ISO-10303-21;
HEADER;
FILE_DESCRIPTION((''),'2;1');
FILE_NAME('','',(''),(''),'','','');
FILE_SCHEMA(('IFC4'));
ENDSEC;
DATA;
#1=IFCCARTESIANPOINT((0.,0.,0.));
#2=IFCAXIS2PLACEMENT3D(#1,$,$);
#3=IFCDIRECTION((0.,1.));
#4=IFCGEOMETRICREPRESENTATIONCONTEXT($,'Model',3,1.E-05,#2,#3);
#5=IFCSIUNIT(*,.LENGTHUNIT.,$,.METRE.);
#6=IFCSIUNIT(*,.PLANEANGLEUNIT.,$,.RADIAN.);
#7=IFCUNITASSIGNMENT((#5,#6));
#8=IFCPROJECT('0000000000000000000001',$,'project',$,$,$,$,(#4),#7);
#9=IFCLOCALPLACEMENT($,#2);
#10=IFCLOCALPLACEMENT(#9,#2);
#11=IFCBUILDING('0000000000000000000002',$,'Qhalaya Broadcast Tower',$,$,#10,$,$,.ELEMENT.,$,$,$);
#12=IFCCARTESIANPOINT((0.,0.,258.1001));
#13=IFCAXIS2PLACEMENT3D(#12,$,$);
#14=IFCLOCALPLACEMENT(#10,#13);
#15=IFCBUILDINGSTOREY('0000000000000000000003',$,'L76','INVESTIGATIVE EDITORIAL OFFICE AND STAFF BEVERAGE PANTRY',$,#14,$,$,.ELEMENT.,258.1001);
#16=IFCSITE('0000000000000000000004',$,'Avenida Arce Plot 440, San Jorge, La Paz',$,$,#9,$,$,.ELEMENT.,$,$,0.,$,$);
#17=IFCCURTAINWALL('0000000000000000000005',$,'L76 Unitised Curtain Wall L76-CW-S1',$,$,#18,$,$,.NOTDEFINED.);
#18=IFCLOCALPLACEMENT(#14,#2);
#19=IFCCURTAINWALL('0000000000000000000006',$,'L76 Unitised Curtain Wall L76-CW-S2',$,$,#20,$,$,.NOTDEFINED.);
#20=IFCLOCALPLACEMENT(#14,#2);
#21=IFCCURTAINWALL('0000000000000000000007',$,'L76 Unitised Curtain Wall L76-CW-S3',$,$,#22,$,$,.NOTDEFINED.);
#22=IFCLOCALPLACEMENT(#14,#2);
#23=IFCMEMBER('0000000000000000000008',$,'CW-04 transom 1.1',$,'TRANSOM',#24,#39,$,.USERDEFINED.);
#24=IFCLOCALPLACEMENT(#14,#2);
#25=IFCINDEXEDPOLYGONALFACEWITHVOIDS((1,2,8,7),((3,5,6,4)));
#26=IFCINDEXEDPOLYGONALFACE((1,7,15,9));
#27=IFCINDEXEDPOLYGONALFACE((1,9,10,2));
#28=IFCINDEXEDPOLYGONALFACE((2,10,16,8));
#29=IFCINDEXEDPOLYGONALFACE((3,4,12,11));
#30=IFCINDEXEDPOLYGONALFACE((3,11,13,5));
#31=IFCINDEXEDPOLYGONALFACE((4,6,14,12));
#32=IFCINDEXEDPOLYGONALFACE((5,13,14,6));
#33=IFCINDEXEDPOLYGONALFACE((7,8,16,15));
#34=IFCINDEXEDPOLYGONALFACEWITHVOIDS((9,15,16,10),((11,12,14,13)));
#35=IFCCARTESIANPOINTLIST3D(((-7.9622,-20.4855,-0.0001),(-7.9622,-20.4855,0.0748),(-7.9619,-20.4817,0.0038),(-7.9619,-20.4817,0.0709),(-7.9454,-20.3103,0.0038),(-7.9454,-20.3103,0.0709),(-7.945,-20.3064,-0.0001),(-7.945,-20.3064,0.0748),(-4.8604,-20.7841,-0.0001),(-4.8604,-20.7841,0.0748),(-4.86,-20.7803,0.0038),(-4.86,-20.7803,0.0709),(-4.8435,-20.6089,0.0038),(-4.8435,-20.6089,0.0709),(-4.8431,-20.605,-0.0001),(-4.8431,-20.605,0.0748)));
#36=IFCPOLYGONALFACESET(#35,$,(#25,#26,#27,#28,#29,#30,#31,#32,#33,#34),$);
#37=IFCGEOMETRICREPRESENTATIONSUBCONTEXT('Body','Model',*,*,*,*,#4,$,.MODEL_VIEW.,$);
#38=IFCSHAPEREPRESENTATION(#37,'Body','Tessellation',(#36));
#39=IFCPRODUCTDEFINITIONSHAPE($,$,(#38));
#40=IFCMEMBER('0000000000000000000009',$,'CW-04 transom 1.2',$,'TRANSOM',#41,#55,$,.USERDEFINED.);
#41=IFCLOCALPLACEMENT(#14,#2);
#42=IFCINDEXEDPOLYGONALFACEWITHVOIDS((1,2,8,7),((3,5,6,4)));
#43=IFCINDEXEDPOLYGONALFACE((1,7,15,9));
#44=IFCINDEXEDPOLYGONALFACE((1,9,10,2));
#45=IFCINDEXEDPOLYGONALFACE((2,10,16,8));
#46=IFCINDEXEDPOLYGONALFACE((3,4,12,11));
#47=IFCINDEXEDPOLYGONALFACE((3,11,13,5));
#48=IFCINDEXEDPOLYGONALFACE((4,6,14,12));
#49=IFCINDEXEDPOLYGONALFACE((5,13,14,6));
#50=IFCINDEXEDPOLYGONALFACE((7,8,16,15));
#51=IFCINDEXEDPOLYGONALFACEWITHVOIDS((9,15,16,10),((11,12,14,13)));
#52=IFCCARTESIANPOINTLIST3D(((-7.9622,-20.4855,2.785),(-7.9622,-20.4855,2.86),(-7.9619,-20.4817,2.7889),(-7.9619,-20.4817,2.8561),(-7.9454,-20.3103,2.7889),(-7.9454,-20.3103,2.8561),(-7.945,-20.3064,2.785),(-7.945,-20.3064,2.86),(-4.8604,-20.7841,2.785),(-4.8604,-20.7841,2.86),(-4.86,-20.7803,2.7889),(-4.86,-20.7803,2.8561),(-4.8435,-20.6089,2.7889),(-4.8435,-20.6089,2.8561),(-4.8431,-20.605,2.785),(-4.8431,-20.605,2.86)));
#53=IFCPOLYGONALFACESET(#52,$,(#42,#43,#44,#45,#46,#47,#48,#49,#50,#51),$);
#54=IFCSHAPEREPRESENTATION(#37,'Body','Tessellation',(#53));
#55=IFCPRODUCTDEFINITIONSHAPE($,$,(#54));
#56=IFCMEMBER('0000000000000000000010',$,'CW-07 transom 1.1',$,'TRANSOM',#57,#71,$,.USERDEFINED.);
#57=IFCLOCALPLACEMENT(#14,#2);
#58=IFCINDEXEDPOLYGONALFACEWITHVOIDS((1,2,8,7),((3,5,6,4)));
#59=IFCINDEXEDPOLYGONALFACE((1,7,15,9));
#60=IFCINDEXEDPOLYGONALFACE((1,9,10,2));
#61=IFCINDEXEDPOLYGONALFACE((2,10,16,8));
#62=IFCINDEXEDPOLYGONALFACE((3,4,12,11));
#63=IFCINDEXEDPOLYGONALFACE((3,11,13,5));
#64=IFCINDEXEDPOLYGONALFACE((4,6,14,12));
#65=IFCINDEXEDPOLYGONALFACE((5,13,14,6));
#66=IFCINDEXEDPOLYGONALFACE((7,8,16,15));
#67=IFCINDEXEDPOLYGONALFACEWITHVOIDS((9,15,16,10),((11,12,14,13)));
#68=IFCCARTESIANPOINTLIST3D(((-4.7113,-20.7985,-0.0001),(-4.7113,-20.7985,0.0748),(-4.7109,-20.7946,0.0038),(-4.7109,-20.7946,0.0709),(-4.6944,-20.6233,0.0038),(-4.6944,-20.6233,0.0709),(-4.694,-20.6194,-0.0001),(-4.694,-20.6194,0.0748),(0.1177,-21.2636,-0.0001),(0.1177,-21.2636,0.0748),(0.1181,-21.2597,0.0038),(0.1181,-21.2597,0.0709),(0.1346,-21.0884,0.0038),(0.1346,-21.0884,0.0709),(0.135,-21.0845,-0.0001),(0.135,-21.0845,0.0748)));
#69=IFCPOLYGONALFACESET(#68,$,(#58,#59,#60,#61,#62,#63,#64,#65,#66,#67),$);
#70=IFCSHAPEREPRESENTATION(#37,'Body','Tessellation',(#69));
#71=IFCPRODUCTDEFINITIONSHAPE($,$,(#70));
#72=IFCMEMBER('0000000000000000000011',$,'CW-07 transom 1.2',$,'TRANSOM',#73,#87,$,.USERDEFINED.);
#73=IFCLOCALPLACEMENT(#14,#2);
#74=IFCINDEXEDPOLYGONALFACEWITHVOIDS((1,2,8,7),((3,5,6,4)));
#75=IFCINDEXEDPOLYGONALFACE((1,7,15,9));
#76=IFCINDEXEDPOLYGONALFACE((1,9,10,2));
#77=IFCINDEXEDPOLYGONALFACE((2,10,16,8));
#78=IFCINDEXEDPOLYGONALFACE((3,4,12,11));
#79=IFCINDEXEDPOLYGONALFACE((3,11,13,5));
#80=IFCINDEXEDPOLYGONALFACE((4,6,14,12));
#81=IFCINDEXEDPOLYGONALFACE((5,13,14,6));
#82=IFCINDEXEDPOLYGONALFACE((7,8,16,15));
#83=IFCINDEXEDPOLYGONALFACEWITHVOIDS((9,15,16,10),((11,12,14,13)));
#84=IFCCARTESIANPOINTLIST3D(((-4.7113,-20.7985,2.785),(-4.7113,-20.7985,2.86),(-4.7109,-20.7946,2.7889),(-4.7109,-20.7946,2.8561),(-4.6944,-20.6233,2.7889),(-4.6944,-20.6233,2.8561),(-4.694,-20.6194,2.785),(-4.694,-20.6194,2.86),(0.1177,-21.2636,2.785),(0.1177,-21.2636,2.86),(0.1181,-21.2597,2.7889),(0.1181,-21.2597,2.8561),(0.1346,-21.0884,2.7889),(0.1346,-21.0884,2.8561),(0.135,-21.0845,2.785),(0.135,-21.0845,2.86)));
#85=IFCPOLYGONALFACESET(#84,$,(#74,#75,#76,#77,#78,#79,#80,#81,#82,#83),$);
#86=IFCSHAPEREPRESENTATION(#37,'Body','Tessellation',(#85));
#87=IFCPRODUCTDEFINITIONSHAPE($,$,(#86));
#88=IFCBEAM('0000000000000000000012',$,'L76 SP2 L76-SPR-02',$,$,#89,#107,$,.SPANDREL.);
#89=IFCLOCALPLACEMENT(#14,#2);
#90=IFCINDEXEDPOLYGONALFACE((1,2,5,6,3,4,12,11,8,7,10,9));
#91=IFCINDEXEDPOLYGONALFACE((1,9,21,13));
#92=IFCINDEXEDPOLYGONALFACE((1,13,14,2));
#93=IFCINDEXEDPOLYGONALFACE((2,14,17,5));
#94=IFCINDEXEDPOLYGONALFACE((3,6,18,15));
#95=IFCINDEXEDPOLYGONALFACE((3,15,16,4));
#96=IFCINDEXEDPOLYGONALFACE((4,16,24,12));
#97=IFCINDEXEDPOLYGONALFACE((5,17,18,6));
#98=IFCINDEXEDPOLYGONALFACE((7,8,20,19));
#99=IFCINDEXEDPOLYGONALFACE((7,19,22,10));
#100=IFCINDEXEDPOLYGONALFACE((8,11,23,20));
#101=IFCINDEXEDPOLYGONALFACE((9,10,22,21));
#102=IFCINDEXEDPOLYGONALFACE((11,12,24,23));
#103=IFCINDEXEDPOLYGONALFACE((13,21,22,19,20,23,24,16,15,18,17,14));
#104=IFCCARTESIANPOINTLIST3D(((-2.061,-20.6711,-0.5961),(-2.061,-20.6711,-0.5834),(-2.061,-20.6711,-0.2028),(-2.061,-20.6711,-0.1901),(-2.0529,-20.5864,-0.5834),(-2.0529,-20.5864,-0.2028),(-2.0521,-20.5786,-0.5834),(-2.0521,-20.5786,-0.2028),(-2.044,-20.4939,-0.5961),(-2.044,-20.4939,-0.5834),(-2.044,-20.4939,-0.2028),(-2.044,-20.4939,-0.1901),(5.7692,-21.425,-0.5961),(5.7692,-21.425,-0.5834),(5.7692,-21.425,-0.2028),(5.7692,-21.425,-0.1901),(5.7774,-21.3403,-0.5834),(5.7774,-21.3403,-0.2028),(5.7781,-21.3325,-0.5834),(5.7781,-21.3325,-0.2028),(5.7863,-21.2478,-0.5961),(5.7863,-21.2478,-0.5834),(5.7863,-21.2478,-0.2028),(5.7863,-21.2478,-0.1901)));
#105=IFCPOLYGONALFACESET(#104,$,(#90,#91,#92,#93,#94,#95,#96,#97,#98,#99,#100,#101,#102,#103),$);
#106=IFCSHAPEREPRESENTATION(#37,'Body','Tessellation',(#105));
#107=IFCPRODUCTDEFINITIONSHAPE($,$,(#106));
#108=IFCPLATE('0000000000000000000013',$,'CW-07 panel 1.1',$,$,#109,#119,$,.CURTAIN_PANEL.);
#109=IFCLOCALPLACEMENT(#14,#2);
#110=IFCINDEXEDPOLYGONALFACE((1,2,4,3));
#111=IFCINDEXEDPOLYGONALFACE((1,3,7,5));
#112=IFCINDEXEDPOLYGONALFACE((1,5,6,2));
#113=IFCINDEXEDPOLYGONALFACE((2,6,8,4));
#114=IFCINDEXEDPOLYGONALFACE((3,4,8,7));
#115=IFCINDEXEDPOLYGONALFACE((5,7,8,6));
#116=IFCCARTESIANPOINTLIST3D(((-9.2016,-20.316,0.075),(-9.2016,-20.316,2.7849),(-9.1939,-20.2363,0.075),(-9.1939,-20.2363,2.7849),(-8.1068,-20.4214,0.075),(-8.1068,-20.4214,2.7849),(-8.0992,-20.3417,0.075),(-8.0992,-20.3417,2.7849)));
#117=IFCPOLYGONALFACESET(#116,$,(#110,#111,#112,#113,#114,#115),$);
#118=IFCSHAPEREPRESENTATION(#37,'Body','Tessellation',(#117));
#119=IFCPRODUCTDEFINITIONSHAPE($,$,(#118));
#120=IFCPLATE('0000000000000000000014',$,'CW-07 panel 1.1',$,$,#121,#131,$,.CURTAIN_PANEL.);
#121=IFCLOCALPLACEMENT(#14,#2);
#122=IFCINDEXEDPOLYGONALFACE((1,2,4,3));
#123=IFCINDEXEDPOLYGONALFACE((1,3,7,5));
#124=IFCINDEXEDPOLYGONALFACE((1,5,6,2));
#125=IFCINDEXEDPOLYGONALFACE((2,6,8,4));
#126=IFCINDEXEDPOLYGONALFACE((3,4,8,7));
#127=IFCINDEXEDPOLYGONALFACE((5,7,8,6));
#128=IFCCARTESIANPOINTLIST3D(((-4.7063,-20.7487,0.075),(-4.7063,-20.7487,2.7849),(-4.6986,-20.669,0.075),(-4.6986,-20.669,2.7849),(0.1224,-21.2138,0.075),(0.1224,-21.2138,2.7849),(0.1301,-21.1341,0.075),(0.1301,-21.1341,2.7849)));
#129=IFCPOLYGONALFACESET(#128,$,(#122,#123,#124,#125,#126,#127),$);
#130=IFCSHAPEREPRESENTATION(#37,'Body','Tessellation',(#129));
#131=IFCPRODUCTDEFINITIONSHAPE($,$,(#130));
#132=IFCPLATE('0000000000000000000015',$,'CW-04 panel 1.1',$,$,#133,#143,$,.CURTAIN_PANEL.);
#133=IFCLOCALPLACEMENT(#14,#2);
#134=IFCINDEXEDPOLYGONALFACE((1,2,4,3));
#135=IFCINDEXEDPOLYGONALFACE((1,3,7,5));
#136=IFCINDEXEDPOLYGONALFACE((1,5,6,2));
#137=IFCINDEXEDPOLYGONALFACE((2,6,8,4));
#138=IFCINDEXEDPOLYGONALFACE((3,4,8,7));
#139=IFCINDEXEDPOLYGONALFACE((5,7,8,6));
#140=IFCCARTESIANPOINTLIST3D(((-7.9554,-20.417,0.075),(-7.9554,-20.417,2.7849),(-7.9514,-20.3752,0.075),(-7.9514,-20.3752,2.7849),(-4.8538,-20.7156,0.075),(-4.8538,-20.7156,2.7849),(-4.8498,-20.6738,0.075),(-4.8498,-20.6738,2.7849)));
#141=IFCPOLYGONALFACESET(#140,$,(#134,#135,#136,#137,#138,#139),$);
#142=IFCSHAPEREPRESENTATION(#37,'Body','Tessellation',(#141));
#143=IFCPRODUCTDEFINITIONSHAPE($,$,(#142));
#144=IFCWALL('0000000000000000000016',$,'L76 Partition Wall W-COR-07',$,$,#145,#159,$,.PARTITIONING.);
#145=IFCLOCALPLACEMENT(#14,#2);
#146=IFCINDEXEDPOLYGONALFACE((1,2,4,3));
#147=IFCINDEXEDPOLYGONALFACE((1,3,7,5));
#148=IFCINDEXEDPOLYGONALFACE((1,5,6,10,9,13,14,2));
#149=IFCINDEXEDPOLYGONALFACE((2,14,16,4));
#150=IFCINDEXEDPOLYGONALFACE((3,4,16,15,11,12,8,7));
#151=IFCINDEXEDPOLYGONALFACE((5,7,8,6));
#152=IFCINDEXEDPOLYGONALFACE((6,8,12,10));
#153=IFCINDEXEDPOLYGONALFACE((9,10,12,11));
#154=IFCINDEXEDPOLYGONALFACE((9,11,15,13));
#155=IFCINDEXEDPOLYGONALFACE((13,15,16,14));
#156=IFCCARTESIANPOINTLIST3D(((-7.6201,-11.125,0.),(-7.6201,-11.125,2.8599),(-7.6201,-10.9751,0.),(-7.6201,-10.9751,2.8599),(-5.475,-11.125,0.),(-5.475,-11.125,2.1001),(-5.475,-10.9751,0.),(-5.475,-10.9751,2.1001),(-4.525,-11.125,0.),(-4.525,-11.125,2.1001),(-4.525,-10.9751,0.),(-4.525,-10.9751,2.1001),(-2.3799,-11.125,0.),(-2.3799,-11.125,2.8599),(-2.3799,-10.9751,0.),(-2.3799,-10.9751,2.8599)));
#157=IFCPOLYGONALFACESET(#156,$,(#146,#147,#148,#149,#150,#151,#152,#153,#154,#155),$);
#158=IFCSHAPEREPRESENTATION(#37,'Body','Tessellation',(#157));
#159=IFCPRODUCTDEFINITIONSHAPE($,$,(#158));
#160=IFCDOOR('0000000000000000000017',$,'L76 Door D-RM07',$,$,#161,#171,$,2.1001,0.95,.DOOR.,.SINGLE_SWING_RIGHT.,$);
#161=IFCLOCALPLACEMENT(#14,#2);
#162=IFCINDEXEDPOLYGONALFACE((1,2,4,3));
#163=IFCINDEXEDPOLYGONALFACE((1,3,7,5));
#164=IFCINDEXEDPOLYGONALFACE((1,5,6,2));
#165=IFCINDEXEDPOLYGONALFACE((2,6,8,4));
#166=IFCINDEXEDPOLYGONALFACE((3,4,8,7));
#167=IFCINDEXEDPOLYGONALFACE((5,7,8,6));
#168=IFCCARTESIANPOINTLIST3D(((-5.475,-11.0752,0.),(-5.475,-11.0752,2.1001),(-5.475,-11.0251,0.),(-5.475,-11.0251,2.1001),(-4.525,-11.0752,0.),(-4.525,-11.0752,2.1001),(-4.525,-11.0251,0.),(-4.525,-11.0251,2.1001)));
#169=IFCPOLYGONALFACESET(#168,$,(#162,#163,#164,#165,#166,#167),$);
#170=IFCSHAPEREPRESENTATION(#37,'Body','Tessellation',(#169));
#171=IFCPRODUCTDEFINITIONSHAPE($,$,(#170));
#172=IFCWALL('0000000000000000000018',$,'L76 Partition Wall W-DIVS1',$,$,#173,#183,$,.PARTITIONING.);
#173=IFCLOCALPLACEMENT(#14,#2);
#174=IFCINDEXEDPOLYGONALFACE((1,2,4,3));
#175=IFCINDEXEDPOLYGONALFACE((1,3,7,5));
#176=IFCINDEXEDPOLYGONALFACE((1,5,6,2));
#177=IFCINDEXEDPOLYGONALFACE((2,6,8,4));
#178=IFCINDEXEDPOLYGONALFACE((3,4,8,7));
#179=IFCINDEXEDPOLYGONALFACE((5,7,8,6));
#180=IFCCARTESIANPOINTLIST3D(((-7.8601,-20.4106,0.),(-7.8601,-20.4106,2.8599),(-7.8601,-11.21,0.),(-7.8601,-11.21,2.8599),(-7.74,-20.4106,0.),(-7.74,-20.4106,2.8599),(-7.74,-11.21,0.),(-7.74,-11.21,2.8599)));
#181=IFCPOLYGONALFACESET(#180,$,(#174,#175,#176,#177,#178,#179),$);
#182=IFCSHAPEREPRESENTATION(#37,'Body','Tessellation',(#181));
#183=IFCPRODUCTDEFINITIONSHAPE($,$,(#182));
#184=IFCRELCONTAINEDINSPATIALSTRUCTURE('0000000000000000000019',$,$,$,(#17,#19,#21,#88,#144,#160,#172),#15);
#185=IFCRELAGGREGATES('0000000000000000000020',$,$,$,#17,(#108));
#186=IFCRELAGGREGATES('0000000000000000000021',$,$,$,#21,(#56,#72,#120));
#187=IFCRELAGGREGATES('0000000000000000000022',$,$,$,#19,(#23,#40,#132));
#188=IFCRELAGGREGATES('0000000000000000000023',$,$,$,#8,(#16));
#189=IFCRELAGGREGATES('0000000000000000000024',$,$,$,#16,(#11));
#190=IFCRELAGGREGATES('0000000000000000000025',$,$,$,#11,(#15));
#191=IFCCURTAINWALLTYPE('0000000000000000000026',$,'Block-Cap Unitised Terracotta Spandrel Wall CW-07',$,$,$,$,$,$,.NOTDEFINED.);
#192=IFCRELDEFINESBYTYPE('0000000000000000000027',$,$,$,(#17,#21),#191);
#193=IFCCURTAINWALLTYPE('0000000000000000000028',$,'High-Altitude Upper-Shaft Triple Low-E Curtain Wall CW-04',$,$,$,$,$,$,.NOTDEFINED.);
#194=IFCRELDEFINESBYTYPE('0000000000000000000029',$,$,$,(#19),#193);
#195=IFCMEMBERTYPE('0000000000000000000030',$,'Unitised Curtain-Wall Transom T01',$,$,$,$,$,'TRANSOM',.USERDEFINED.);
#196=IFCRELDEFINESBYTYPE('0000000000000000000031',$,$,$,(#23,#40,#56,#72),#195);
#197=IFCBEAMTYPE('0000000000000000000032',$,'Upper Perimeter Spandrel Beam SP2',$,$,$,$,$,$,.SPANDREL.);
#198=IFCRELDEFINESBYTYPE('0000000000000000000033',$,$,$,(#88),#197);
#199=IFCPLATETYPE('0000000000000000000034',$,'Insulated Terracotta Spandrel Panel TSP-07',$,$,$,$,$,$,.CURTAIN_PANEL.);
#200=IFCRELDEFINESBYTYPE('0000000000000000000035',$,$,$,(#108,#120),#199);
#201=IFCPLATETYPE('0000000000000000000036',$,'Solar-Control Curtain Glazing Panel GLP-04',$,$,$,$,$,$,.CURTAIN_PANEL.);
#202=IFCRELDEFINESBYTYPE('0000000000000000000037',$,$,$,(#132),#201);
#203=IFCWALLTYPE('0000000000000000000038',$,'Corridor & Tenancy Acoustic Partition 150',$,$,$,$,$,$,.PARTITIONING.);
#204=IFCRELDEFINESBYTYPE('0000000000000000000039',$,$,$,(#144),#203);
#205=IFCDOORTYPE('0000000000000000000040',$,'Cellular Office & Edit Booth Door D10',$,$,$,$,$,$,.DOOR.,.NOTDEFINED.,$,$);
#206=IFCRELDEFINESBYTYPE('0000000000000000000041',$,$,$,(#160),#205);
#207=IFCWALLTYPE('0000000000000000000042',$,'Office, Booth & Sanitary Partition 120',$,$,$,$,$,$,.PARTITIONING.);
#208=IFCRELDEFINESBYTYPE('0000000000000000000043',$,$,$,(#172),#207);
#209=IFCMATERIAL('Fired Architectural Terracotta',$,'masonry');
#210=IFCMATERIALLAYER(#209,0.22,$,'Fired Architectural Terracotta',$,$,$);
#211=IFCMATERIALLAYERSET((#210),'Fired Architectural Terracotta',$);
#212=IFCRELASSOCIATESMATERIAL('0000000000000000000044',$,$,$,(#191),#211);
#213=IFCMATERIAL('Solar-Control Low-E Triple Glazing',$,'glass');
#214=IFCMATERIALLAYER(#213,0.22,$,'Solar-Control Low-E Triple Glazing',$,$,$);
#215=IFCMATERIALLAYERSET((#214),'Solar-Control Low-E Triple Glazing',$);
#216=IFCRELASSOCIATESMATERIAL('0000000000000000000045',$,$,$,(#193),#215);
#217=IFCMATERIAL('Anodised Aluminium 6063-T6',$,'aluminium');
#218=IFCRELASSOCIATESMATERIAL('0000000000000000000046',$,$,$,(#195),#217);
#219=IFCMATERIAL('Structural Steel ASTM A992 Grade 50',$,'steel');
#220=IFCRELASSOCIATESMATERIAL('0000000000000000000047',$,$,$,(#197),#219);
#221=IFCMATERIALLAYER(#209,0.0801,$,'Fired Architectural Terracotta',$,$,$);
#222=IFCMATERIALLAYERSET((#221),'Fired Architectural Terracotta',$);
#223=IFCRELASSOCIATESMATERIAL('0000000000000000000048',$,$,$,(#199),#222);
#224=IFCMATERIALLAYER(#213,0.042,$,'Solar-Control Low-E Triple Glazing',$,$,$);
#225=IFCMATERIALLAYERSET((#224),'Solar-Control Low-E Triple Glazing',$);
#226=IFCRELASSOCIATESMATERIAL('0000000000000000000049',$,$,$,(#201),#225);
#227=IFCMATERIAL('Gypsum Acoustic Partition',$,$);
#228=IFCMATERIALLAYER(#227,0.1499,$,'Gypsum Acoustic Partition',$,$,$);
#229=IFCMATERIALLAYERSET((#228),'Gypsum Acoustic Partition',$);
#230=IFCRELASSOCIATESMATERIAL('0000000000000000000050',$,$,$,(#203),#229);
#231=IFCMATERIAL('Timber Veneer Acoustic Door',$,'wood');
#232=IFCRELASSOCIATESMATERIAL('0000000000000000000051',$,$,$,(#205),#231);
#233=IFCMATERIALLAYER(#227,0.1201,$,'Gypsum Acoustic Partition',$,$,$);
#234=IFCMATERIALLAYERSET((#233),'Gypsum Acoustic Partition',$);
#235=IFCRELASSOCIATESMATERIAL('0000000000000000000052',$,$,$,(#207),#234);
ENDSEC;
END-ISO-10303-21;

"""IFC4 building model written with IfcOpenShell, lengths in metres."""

from ifc_helpers import new_model, si_unit, direction, frame, frame_2d, origin, origin_2d, place, context, subcontext, project, spatial, rectangle, hollow_rectangle, i_section, extrude, material, layer, layer_set, material_profile, profile_set, type_object, element, fill, aggregate, save


model = new_model("IFC4")

# Units and contexts
model_context = context("Model", 3, precision=1e-05, world=origin(), true_north=direction((0.0, 1.0)))
body_context = subcontext(model_context, "Body", "Model", "MODEL_VIEW")
ifc_project = project(units=[si_unit("LENGTHUNIT", "METRE"), si_unit("PLANEANGLEUNIT", "RADIAN")], contexts=[model_context])

# Site, building, storey
site_placement = place(None, origin())
site = spatial("IfcSite", under=ifc_project, at=site_placement, Name="Avenida Arce Plot 440, San Jorge, La Paz", CompositionType="ELEMENT", RefElevation=0.0)
building_placement = place(site_placement, origin())
building = spatial("IfcBuilding", under=site, at=building_placement, Name="Qhalaya Broadcast Tower", CompositionType="ELEMENT")
storey_placement = place(building_placement, frame((0.0, 0.0, 258.1001)))
storey = spatial("IfcBuildingStorey", under=building, at=storey_placement, Name="L76", Description="INVESTIGATIVE EDITORIAL OFFICE AND STAFF BEVERAGE PANTRY", CompositionType="ELEMENT", Elevation=258.1001)

# Shared definitions
ifc_material_1 = material(Name="Structural Steel ASTM A992 Grade 50", Category="steel")

# Curtain wall
ifc_material_2 = material(Name="Fired Architectural Terracotta", Category="masonry")
ifc_layer_1 = layer(ifc_material_2, 0.22, Name="Fired Architectural Terracotta")
ifc_layer_set_1 = layer_set([ifc_layer_1], Name="Fired Architectural Terracotta")
curtain_wall_type_1 = type_object("IfcCurtainWallType", Name="Block-Cap Unitised Terracotta Spandrel Wall CW-07", PredefinedType="NOTDEFINED", material=ifc_layer_set_1)
curtain_wall_1_placement = place(storey_placement, origin())
curtain_wall_1 = element("IfcCurtainWall", 1, at=curtain_wall_1_placement, inside=storey, type_object=curtain_wall_type_1, Name="L76 Unitised Curtain Wall L76-CW-S1", PredefinedType="NOTDEFINED")
ifc_material_3 = material(Name="Anodised Aluminium 6063-T6", Category="aluminium")

# Curtain walls
ifc_material_4 = material(Name="Solar-Control Low-E Triple Glazing", Category="glass")
ifc_layer_2 = layer(ifc_material_4, 0.22, Name="Solar-Control Low-E Triple Glazing")
ifc_layer_set_2 = layer_set([ifc_layer_2], Name="Solar-Control Low-E Triple Glazing")
curtain_wall_type_2 = type_object("IfcCurtainWallType", Name="High-Altitude Upper-Shaft Triple Low-E Curtain Wall CW-04", PredefinedType="NOTDEFINED", material=ifc_layer_set_2)
curtain_wall_2_placement = place(storey_placement, origin())
curtain_wall_2 = element("IfcCurtainWall", 2, at=curtain_wall_2_placement, inside=storey, type_object=curtain_wall_type_2, Name="L76 Unitised Curtain Wall L76-CW-S2", PredefinedType="NOTDEFINED")
curtain_wall_3_placement = place(storey_placement, origin())
curtain_wall_3 = element("IfcCurtainWall", 3, at=curtain_wall_3_placement, inside=storey, type_object=curtain_wall_type_1, Name="L76 Unitised Curtain Wall L76-CW-S3", PredefinedType="NOTDEFINED")

# Members
ifc_material_profile_1 = material_profile(ifc_material_3, hollow_rectangle(XDim=0.075, YDim=0.1799, WallThickness=0.0039, at=origin_2d()), Name="ALU-TRN 75x180x4")
ifc_profile_set_1 = profile_set([ifc_material_profile_1], Name="Anodised Aluminium 6063-T6")
member_type_1 = type_object("IfcMemberType", Name="Unitised Curtain-Wall Transom T01", ElementType="TRANSOM", PredefinedType="USERDEFINED", material=ifc_profile_set_1)
member_1_placement = place(storey_placement, frame((-7.9536, -20.396, 0.0374), z_axis=(0.995399, -0.095818, 0.0), x_axis=(0.0, 0.0, 1.0)))
member_1 = element("IfcMember", 4, at=member_1_placement, type_object=member_type_1, Name="CW-04 transom 1.1", ObjectType="TRANSOM", PredefinedType="USERDEFINED", context=body_context, shape_type="SweptSolid", body=[
    extrude(hollow_rectangle(XDim=0.075, YDim=0.1799, WallThickness=0.0039, at=origin_2d()), origin(), (0.0, 0.0, 1.0), 3.1162),
])
member_2_placement = place(storey_placement, frame((-7.9536, -20.396, 2.8225), z_axis=(0.995399, -0.095818, 0.0), x_axis=(0.0, 0.0, 1.0)))
member_2 = element("IfcMember", 5, at=member_2_placement, type_object=member_type_1, Name="CW-04 transom 1.2", ObjectType="TRANSOM", PredefinedType="USERDEFINED", context=body_context, shape_type="SweptSolid", body=[
    extrude(hollow_rectangle(XDim=0.075, YDim=0.1799, WallThickness=0.0039, at=origin_2d()), origin(), (0.0, 0.0, 1.0), 3.1162),
])
member_3_placement = place(storey_placement, frame((-4.7026, -20.709, 0.0374), z_axis=(0.995394, -0.095871, 0.0), x_axis=(0.0, 0.0, 1.0)))
member_3 = element("IfcMember", 6, at=member_3_placement, type_object=member_type_1, Name="CW-07 transom 1.1", ObjectType="TRANSOM", PredefinedType="USERDEFINED", context=body_context, shape_type="SweptSolid", body=[
    extrude(hollow_rectangle(XDim=0.075, YDim=0.1799, WallThickness=0.0039, at=origin_2d()), origin(), (0.0, 0.0, 1.0), 4.8513),
])
member_4_placement = place(storey_placement, frame((-4.7026, -20.709, 2.8225), z_axis=(0.995394, -0.095871, 0.0), x_axis=(0.0, 0.0, 1.0)))
member_4 = element("IfcMember", 7, at=member_4_placement, type_object=member_type_1, Name="CW-07 transom 1.2", ObjectType="TRANSOM", PredefinedType="USERDEFINED", context=body_context, shape_type="SweptSolid", body=[
    extrude(hollow_rectangle(XDim=0.075, YDim=0.1799, WallThickness=0.0039, at=origin_2d()), origin(), (0.0, 0.0, 1.0), 4.8513),
])

# Beam
ifc_material_profile_2 = material_profile(ifc_material_1, i_section(OverallWidth=0.178, OverallDepth=0.406, WebThickness=0.0078, FlangeThickness=0.0127, at=origin_2d()), Name="W16X40")
ifc_profile_set_2 = profile_set([ifc_material_profile_2], Name="Structural Steel ASTM A992 Grade 50")
beam_type_1 = type_object("IfcBeamType", Name="Upper Perimeter Spandrel Beam SP2", PredefinedType="SPANDREL", material=ifc_profile_set_2)
beam_1_placement = place(storey_placement, frame((-2.0525, -20.5825, -0.3931), z_axis=(0.995397, -0.095837, 0.0), x_axis=(0.095837, 0.995397, 0.0)))
element("IfcBeam", 8, at=beam_1_placement, inside=storey, type_object=beam_type_1, Name="L76 SP2 L76-SPR-02", PredefinedType="SPANDREL", context=body_context, shape_type="SweptSolid", body=[
    extrude(i_section(OverallWidth=0.178, OverallDepth=0.406, WebThickness=0.0078, FlangeThickness=0.0127, at=origin_2d()), origin(), (0.0, 0.0, 1.0), 7.8665),
])

# Plates
ifc_layer_3 = layer(ifc_material_2, 0.0801, Name="Fired Architectural Terracotta")
ifc_layer_set_3 = layer_set([ifc_layer_3], Name="Fired Architectural Terracotta")
plate_type_1 = type_object("IfcPlateType", Name="Insulated Terracotta Spandrel Panel TSP-07", PredefinedType="CURTAIN_PANEL", material=ifc_layer_set_3)
plate_1_placement = place(storey_placement, frame((-8.6504, -20.3289, 0.075), z_axis=(0.0, 0.0, 1.0), x_axis=(0.995396, -0.095844, 0.0)))
plate_1 = element("IfcPlate", 9, at=plate_1_placement, type_object=plate_type_1, Name="CW-07 panel 1.1", PredefinedType="CURTAIN_PANEL", context=body_context, shape_type="SweptSolid", body=[
    extrude(rectangle(XDim=1.0999, YDim=0.0801, at=origin_2d()), origin(), (0.0, 0.0, 1.0), 2.71),
])
aggregate(curtain_wall_1, [plate_1])
plate_2_placement = place(storey_placement, frame((-2.2881, -20.9414, 0.075), z_axis=(0.0, 0.0, 1.0), x_axis=(0.995395, -0.09586, 0.0)))
plate_2 = element("IfcPlate", 10, at=plate_2_placement, type_object=plate_type_1, Name="CW-07 panel 1.1", PredefinedType="CURTAIN_PANEL", context=body_context, shape_type="SweptSolid", body=[
    extrude(rectangle(XDim=4.8511, YDim=0.0801, at=origin_2d()), origin(), (0.0, 0.0, 1.0), 2.71),
])
aggregate(curtain_wall_3, [member_3, member_4, plate_2])
ifc_layer_4 = layer(ifc_material_4, 0.042, Name="Solar-Control Low-E Triple Glazing")
ifc_layer_set_4 = layer_set([ifc_layer_4], Name="Solar-Control Low-E Triple Glazing")
plate_type_2 = type_object("IfcPlateType", Name="Solar-Control Curtain Glazing Panel GLP-04", PredefinedType="CURTAIN_PANEL", material=ifc_layer_set_4)
plate_3_placement = place(storey_placement, frame((-6.4026, -20.5454, 0.075), z_axis=(0.0, 0.0, 1.0), x_axis=(0.995397, -0.095835, 0.0)))
plate_3 = element("IfcPlate", 11, at=plate_3_placement, type_object=plate_type_2, Name="CW-04 panel 1.1", PredefinedType="CURTAIN_PANEL", context=body_context, shape_type="SweptSolid", body=[
    extrude(rectangle(XDim=3.116, YDim=0.042, at=origin_2d()), origin(), (0.0, 0.0, 1.0), 2.71),
])
aggregate(curtain_wall_2, [member_1, member_2, plate_3])

# Wall, opening, door
ifc_material_5 = material(Name="Gypsum Acoustic Partition")
ifc_layer_5 = layer(ifc_material_5, 0.1499, Name="Gypsum Acoustic Partition")
ifc_layer_set_5 = layer_set([ifc_layer_5], Name="Gypsum Acoustic Partition")
wall_type_1 = type_object("IfcWallType", Name="Corridor & Tenancy Acoustic Partition 150", PredefinedType="PARTITIONING", material=ifc_layer_set_5)
wall_1_placement = place(storey_placement, frame((-7.6201, -11.05, 0.0), z_axis=(0.0, 0.0, 1.0), x_axis=(1.0, 0.0, 0.0)))
wall_1 = element("IfcWall", 12, at=wall_1_placement, inside=storey, type_object=wall_type_1, Name="L76 Partition Wall W-COR-07", PredefinedType="PARTITIONING", context=body_context, shape_type="SweptSolid", body=[
    extrude(rectangle(XDim=5.2402, YDim=0.1499, at=frame_2d((2.6201, 0.0))), origin(), (0.0, 0.0, 1.0), 2.8599),
])
opening_placement = place(wall_1_placement, frame((2.145, 0.0, 0.0)))
opening = element("IfcOpeningElement", 13, at=opening_placement, cuts=wall_1, PredefinedType="OPENING", context=body_context, shape_type="SweptSolid", body=[
    extrude(rectangle(XDim=0.95, YDim=2.1001, at=frame_2d((0.4751, 1.05))), frame((0.0, 0.0869, 0.0), z_axis=(0.0, -1.0, 0.0), x_axis=(1.0, 0.0, 0.0)), (0.0, 0.0, 1.0), 0.1738),
])
ifc_material_6 = material(Name="Timber Veneer Acoustic Door", Category="wood")
door_type = type_object("IfcDoorType", Name="Cellular Office & Edit Booth Door D10", OperationType="NOTDEFINED", PredefinedType="DOOR", material=ifc_material_6)
door_placement = place(opening_placement, origin())
door = element("IfcDoor", 14, at=door_placement, inside=storey, type_object=door_type, Name="L76 Door D-RM07", OperationType="SINGLE_SWING_RIGHT", OverallHeight=2.1001, OverallWidth=0.95, PredefinedType="DOOR", context=body_context, shape_type="SweptSolid", body=[
    extrude(rectangle(XDim=0.95, YDim=2.1001, at=frame_2d((0.4751, 1.05))), frame((0.0, 0.0249, 0.0), z_axis=(0.0, -1.0, 0.0), x_axis=(1.0, 0.0, 0.0)), (0.0, 0.0, 1.0), 0.05),
])
fill(opening, door)

# Wall
ifc_layer_6 = layer(ifc_material_5, 0.1201, Name="Gypsum Acoustic Partition")
ifc_layer_set_6 = layer_set([ifc_layer_6], Name="Gypsum Acoustic Partition")
wall_type_2 = type_object("IfcWallType", Name="Office, Booth & Sanitary Partition 120", PredefinedType="PARTITIONING", material=ifc_layer_set_6)
wall_2_placement = place(storey_placement, frame((-7.8, -20.4106, 0.0), z_axis=(0.0, 0.0, 1.0), x_axis=(0.0, 1.0, 0.0)))
element("IfcWall", 15, at=wall_2_placement, inside=storey, type_object=wall_type_2, Name="L76 Partition Wall W-DIVS1", PredefinedType="PARTITIONING", context=body_context, shape_type="SweptSolid", body=[
    extrude(rectangle(XDim=9.2007, YDim=0.1201, at=frame_2d((4.6003, 0.0))), origin(), (0.0, 0.0, 1.0), 2.8599),
])

save(model, "model.ifc")
